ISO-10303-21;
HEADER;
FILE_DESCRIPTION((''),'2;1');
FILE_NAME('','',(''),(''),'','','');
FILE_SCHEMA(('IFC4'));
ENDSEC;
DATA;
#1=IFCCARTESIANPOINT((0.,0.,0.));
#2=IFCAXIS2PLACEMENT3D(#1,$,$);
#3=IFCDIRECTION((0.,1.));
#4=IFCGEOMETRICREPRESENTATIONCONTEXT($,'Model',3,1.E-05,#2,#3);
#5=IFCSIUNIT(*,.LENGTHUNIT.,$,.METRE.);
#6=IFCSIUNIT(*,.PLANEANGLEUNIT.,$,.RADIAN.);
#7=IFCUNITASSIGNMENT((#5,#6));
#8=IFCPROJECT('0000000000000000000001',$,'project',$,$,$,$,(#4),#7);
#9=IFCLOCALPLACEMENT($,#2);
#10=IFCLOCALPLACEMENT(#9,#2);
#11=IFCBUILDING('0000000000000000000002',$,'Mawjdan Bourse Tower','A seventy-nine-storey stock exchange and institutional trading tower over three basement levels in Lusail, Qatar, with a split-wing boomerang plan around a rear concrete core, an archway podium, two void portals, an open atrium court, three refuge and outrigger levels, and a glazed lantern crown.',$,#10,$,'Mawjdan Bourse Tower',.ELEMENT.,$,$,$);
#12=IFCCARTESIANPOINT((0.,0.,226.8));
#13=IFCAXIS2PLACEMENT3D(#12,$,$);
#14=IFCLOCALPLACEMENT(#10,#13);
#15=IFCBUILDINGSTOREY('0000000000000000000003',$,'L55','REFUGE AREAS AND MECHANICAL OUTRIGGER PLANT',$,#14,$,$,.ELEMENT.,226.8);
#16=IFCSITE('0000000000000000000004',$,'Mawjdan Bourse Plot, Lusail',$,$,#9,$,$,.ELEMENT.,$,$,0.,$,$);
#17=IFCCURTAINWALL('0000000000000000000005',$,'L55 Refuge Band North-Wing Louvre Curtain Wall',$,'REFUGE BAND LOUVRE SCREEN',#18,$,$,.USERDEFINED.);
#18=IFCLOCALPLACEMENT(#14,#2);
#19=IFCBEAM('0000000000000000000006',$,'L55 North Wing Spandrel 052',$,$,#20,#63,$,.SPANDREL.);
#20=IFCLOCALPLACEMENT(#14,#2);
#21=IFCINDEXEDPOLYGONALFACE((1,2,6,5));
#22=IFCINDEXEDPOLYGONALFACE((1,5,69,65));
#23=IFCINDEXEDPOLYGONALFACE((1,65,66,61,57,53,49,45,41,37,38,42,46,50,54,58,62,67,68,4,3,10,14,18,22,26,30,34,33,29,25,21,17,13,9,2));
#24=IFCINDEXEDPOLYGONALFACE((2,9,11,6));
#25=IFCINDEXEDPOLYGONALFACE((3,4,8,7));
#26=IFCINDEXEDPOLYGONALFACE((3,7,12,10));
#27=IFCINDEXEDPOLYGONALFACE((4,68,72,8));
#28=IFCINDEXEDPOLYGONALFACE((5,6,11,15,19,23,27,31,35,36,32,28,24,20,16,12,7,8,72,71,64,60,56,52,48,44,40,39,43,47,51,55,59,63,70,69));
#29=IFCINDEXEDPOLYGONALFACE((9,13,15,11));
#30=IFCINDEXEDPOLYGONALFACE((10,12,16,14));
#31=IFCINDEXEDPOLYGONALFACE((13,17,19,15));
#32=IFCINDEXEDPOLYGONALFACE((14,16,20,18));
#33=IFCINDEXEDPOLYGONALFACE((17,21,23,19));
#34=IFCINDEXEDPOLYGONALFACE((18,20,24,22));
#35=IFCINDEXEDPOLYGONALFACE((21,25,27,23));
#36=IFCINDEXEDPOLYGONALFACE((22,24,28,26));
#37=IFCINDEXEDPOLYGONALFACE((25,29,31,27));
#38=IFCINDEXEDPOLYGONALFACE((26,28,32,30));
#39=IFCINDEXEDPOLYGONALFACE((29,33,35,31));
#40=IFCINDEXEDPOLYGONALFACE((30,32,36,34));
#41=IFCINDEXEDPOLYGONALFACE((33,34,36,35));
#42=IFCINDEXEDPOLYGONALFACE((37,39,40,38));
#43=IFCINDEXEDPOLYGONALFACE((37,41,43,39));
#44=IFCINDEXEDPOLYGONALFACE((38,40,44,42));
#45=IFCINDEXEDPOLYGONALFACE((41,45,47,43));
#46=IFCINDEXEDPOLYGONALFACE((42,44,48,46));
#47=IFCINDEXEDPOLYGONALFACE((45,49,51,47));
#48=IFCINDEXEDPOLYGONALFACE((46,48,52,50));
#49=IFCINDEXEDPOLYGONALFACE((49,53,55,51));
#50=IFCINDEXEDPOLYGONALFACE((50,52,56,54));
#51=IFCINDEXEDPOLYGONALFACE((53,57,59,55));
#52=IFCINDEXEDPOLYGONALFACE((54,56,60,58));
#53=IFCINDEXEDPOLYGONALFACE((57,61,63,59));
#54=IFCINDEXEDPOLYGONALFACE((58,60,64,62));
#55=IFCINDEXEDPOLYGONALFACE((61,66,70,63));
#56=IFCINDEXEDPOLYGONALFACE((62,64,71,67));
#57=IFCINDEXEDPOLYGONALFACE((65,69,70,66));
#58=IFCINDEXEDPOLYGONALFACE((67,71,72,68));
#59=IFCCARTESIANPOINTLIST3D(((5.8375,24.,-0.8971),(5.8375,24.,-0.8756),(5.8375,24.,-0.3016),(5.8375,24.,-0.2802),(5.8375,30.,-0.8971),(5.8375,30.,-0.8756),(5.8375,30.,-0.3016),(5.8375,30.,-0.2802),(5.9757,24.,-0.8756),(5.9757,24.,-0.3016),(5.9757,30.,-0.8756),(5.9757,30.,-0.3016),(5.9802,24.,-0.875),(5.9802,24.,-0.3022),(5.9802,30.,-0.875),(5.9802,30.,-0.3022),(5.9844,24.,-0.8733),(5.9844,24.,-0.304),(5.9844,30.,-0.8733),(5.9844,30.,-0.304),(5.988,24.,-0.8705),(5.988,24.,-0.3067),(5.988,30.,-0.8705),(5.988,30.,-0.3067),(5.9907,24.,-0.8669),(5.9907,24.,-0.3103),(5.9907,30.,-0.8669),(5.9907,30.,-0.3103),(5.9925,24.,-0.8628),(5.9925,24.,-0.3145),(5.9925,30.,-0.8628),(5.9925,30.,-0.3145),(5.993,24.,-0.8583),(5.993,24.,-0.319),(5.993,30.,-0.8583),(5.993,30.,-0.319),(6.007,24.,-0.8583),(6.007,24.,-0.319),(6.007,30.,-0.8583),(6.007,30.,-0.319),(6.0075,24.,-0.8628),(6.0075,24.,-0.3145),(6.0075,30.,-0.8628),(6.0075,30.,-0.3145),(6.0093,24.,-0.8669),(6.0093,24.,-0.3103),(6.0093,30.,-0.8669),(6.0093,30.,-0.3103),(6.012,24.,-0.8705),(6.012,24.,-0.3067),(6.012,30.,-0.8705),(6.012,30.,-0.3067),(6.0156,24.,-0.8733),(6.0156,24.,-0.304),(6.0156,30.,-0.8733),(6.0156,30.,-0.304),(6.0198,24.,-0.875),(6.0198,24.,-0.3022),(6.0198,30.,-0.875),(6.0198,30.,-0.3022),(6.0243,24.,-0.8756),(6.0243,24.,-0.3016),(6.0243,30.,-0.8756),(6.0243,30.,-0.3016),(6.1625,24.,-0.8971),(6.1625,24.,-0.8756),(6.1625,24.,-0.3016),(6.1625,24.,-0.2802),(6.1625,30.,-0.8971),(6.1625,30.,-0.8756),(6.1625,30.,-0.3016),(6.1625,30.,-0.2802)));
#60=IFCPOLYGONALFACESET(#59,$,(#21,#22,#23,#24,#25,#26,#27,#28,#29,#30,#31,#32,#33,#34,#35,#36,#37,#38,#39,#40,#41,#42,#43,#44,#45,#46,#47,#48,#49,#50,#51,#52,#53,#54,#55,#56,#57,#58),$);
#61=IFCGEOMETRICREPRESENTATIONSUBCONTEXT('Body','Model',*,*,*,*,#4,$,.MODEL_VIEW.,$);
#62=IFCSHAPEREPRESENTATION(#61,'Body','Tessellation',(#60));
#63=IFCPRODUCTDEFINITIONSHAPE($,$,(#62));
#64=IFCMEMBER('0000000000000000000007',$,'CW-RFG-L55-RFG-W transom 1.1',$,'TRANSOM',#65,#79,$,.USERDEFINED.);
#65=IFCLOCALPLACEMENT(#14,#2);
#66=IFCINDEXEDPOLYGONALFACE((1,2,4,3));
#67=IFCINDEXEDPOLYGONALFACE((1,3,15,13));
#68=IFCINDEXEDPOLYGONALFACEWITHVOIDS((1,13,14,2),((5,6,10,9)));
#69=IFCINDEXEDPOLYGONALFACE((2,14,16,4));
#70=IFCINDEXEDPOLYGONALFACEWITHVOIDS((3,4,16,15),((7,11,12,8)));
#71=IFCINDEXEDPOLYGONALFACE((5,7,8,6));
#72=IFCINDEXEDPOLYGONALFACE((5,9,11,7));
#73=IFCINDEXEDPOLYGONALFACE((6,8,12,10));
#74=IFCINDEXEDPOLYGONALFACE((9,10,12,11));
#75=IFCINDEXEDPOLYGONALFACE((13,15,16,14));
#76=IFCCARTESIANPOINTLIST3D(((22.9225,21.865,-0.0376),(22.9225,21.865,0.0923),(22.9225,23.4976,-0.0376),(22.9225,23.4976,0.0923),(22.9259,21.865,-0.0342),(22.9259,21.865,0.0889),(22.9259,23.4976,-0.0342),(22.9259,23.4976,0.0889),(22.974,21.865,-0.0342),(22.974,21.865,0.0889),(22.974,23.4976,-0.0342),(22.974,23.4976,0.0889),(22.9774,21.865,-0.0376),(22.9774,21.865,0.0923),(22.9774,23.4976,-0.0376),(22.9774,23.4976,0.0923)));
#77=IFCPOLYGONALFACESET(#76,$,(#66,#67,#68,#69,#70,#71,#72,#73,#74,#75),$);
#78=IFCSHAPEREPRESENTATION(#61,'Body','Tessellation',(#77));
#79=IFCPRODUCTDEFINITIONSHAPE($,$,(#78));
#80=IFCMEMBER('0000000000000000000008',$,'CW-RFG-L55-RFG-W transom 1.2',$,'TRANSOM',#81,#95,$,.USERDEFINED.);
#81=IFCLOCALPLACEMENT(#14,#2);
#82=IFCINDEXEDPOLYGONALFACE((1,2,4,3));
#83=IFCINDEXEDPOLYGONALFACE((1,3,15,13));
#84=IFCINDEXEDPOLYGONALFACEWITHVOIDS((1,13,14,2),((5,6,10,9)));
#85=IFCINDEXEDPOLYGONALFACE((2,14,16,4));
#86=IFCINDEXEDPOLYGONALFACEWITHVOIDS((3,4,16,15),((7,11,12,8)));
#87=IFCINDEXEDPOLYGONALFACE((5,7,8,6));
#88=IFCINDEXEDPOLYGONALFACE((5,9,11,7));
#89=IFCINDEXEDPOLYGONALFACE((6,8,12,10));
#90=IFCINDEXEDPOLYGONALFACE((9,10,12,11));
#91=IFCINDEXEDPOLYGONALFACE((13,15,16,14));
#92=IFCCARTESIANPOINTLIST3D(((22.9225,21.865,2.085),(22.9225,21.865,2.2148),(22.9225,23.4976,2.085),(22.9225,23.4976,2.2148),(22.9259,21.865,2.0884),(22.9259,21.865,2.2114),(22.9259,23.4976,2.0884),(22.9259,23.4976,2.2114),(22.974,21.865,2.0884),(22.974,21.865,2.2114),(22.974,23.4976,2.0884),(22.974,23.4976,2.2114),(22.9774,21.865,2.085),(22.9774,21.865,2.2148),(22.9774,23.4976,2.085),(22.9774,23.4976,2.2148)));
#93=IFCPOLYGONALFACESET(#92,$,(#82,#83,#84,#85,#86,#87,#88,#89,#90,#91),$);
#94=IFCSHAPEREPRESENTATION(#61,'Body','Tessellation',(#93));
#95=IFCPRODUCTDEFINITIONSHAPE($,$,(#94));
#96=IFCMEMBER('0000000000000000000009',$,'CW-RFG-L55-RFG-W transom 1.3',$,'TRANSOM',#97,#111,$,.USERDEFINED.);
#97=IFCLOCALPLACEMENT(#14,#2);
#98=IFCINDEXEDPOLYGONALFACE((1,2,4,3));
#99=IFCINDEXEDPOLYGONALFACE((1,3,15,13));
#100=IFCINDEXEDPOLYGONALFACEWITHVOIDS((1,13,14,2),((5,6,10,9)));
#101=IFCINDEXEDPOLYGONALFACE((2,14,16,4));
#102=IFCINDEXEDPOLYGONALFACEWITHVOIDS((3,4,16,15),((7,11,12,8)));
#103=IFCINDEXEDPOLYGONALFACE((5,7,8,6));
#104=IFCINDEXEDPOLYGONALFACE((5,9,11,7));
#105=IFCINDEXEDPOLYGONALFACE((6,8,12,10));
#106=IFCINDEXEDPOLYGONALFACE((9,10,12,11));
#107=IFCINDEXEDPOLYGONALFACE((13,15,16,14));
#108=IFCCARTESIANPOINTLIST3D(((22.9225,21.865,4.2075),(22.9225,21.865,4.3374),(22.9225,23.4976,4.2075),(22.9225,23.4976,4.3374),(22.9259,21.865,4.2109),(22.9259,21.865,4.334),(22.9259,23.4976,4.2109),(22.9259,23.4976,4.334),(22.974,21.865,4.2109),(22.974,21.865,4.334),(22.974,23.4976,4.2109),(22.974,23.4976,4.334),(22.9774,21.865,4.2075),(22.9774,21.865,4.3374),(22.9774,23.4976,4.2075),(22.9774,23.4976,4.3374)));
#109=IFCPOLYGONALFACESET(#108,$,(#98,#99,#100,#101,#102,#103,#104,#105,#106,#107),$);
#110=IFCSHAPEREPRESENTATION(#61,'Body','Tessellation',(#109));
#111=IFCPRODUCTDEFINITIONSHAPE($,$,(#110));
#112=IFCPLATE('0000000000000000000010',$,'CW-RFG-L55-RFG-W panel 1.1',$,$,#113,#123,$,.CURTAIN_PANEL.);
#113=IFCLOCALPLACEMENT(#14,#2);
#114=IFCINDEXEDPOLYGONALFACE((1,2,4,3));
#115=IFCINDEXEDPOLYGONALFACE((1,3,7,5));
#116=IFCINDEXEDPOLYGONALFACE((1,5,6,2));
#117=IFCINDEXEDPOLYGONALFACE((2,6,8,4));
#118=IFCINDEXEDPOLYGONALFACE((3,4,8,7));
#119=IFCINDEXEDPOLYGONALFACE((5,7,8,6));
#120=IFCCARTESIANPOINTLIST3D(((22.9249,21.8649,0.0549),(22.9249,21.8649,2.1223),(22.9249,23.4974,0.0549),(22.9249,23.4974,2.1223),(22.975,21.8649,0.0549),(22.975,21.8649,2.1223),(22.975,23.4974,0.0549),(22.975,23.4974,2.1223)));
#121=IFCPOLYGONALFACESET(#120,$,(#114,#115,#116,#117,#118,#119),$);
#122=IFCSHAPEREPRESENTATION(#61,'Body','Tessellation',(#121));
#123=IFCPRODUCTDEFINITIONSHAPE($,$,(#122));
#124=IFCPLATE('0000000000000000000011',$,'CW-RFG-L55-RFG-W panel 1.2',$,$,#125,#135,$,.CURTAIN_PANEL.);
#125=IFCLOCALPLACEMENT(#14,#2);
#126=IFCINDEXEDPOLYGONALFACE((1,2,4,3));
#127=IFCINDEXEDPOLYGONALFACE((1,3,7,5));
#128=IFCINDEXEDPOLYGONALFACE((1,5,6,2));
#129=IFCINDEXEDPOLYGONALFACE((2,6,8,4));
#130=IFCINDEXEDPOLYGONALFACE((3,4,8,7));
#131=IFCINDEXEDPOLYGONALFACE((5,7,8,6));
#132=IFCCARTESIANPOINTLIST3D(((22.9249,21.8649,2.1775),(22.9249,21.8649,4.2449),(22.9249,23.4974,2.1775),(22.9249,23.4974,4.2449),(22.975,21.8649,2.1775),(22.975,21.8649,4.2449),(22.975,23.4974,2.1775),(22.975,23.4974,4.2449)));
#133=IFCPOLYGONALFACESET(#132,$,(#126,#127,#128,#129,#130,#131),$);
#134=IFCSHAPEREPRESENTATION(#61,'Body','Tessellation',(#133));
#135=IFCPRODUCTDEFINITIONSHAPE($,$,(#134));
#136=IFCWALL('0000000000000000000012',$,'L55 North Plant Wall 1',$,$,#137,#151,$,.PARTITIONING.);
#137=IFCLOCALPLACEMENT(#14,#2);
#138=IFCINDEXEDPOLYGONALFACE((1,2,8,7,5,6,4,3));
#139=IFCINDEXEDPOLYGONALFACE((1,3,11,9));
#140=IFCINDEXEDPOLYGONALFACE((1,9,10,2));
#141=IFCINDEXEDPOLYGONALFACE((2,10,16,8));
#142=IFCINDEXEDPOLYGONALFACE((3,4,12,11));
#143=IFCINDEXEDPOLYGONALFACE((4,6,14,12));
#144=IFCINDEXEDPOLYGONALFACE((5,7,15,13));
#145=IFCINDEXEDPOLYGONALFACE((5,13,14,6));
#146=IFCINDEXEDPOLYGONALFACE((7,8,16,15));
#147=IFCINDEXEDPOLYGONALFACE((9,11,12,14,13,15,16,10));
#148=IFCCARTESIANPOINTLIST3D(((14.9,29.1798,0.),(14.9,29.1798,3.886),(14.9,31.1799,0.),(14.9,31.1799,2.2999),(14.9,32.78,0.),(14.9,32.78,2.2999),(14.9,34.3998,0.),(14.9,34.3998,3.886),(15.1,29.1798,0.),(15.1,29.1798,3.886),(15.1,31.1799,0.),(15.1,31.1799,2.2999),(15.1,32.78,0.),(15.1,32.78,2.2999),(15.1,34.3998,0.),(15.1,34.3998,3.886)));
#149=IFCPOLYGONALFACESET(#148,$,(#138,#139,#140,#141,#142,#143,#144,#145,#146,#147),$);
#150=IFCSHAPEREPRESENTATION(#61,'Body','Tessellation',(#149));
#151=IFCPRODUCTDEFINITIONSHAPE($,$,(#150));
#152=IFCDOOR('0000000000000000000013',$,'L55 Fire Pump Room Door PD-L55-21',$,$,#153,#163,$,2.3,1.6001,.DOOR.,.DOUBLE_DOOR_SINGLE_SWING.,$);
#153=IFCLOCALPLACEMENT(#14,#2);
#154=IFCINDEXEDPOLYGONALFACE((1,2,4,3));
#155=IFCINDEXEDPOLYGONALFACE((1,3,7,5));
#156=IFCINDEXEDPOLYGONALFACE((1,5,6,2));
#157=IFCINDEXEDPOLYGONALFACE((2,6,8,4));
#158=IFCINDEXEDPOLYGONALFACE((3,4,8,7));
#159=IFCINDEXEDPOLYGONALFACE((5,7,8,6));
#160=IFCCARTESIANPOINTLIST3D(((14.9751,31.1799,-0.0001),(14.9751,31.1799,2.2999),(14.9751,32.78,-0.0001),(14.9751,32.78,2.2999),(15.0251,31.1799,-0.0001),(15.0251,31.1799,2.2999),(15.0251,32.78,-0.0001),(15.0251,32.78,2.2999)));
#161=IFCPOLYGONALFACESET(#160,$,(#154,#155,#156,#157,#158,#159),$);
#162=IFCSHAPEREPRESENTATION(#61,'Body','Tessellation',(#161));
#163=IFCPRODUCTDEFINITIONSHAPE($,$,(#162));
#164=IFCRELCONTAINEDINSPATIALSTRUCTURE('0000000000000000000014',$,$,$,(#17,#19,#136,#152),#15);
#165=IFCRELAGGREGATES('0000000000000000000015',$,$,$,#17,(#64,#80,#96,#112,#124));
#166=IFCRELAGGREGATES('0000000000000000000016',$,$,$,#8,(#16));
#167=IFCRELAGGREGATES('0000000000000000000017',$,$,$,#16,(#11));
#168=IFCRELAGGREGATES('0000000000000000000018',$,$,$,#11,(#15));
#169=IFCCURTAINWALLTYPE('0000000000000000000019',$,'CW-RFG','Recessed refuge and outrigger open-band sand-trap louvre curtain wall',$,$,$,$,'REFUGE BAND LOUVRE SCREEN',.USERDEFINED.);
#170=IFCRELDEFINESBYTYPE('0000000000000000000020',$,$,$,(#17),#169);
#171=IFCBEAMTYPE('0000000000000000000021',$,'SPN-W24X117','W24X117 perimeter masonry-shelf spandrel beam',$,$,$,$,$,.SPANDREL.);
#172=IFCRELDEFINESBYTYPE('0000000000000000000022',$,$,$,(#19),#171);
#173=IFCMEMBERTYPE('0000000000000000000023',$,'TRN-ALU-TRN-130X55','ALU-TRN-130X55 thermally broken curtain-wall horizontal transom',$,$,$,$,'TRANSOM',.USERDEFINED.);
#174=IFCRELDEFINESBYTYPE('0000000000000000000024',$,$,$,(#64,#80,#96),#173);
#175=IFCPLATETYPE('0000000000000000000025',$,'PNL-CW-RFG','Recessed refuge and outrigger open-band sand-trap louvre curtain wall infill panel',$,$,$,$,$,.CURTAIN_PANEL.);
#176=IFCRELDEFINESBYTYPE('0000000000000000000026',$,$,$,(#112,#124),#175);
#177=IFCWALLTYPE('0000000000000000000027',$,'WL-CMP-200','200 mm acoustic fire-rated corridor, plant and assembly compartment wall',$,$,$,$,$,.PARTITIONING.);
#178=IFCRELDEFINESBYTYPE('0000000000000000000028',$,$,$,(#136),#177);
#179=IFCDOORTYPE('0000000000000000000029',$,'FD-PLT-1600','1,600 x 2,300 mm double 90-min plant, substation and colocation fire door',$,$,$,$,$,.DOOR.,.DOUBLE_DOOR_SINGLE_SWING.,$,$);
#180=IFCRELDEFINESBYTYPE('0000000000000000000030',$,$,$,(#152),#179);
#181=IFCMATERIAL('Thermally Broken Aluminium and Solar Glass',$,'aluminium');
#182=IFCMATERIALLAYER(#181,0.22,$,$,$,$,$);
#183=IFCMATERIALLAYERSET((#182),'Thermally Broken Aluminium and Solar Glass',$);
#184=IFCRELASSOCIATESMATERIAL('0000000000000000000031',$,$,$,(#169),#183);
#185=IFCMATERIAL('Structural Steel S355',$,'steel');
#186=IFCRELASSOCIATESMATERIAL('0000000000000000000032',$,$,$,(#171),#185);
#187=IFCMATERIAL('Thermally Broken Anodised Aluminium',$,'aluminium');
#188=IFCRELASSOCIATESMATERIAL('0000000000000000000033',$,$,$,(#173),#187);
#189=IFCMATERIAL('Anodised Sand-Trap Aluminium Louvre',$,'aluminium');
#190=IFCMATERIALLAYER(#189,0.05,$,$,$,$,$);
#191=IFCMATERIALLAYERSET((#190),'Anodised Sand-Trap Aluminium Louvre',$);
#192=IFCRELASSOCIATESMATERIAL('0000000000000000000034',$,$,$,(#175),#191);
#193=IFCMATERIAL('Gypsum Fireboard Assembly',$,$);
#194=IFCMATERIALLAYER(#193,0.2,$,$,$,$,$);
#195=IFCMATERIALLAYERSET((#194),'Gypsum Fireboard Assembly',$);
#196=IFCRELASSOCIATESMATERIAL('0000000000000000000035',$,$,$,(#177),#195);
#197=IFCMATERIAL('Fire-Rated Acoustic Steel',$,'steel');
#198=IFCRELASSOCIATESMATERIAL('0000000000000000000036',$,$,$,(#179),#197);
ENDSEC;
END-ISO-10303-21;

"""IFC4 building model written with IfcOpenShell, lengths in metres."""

from ifc_helpers import new_model, si_unit, direction, frame, frame_2d, origin, origin_2d, place, context, subcontext, project, spatial, rectangle, hollow_rectangle, i_section, extrude, material, layer, layer_set, material_profile, profile_set, type_object, element, fill, aggregate, save


model = new_model("IFC4")

# Units and contexts
model_context = context("Model", 3, precision=1e-05, world=origin(), true_north=direction((0.0, 1.0)))
body_context = subcontext(model_context, "Body", "Model", "MODEL_VIEW")
ifc_project = project(units=[si_unit("LENGTHUNIT", "METRE"), si_unit("PLANEANGLEUNIT", "RADIAN")], contexts=[model_context])

# Site, building, storey
site_placement = place(None, origin())
site = spatial("IfcSite", under=ifc_project, at=site_placement, Name="Mawjdan Bourse Plot, Lusail", CompositionType="ELEMENT", RefElevation=0.0)
building_placement = place(site_placement, origin())
building = spatial("IfcBuilding", under=site, at=building_placement, Name="Mawjdan Bourse Tower", Description="A seventy-nine-storey stock exchange and institutional trading tower over three basement levels in Lusail, Qatar, with a split-wing boomerang plan around a rear concrete core, an archway podium, two void portals, an open atrium court, three refuge and outrigger levels, and a glazed lantern crown.", LongName="Mawjdan Bourse Tower", CompositionType="ELEMENT")
storey_placement = place(building_placement, frame((0.0, 0.0, 226.8)))
storey = spatial("IfcBuildingStorey", under=building, at=storey_placement, Name="L55", Description="REFUGE AREAS AND MECHANICAL OUTRIGGER PLANT", CompositionType="ELEMENT", Elevation=226.8)

# Shared definitions
ifc_material_1 = material(Name="Structural Steel S355", Category="steel")

# Curtain wall
ifc_material_2 = material(Name="Thermally Broken Aluminium and Solar Glass", Category="aluminium")
ifc_layer_1 = layer(ifc_material_2, 0.22)
ifc_layer_set_1 = layer_set([ifc_layer_1], Name="Thermally Broken Aluminium and Solar Glass")
curtain_wall_type = type_object("IfcCurtainWallType", Name="CW-RFG", Description="Recessed refuge and outrigger open-band sand-trap louvre curtain wall", ElementType="REFUGE BAND LOUVRE SCREEN", PredefinedType="USERDEFINED", material=ifc_layer_set_1)
curtain_wall_placement = place(storey_placement, origin())
curtain_wall = element("IfcCurtainWall", 1, at=curtain_wall_placement, inside=storey, type_object=curtain_wall_type, Name="L55 Refuge Band North-Wing Louvre Curtain Wall", ObjectType="REFUGE BAND LOUVRE SCREEN", PredefinedType="USERDEFINED")
ifc_material_3 = material(Name="Thermally Broken Anodised Aluminium", Category="aluminium")

# Beam
ifc_material_profile_1 = material_profile(ifc_material_1, i_section(OverallWidth=0.325, OverallDepth=0.6169, WebThickness=0.0139, FlangeThickness=0.0215, FilletRadius=0.0173, at=origin_2d()), Name="W24X117")
ifc_profile_set_1 = profile_set([ifc_material_profile_1], Name="Structural Steel S355")
beam_type_1 = type_object("IfcBeamType", Name="SPN-W24X117", Description="W24X117 perimeter masonry-shelf spandrel beam", PredefinedType="SPANDREL", material=ifc_profile_set_1)
beam_1_placement = place(storey_placement, frame((6.0, 24.0, -0.5886), z_axis=(0.0, 1.0, 0.0), x_axis=(-1.0, 0.0, 0.0)))
element("IfcBeam", 2, at=beam_1_placement, inside=storey, type_object=beam_type_1, Name="L55 North Wing Spandrel 052", PredefinedType="SPANDREL", context=body_context, shape_type="SweptSolid", body=[
    extrude(i_section(OverallWidth=0.325, OverallDepth=0.6169, WebThickness=0.0139, FlangeThickness=0.0215, FilletRadius=0.0173, at=origin_2d()), origin(), (0.0, 0.0, 1.0), 6.0),
])

# Members
ifc_material_profile_2 = material_profile(ifc_material_3, hollow_rectangle(XDim=0.0549, YDim=0.1299, WallThickness=0.0034, at=origin_2d()), Name="ALU-TRN-130X55")
ifc_profile_set_2 = profile_set([ifc_material_profile_2], Name="Thermally Broken Anodised Aluminium")
member_type_1 = type_object("IfcMemberType", Name="TRN-ALU-TRN-130X55", Description="ALU-TRN-130X55 thermally broken curtain-wall horizontal transom", ElementType="TRANSOM", PredefinedType="USERDEFINED", material=ifc_profile_set_2)
member_1_placement = place(storey_placement, frame((22.95, 21.865, 0.0273), z_axis=(0.0, 1.0, 0.0), x_axis=(-1.0, 0.0, 0.0)))
member_1 = element("IfcMember", 3, at=member_1_placement, type_object=member_type_1, Name="CW-RFG-L55-RFG-W transom 1.1", ObjectType="TRANSOM", PredefinedType="USERDEFINED", context=body_context, shape_type="SweptSolid", body=[
    extrude(hollow_rectangle(XDim=0.0549, YDim=0.1299, WallThickness=0.0034, at=origin_2d()), origin(), (0.0, 0.0, 1.0), 1.6326),
])
member_2_placement = place(storey_placement, frame((22.95, 21.865, 2.1499), z_axis=(0.0, 1.0, 0.0), x_axis=(-1.0, 0.0, 0.0)))
member_2 = element("IfcMember", 4, at=member_2_placement, type_object=member_type_1, Name="CW-RFG-L55-RFG-W transom 1.2", ObjectType="TRANSOM", PredefinedType="USERDEFINED", context=body_context, shape_type="SweptSolid", body=[
    extrude(hollow_rectangle(XDim=0.0549, YDim=0.1299, WallThickness=0.0034, at=origin_2d()), origin(), (0.0, 0.0, 1.0), 1.6326),
])
member_3_placement = place(storey_placement, frame((22.95, 21.865, 4.2725), z_axis=(0.0, 1.0, 0.0), x_axis=(-1.0, 0.0, 0.0)))
member_3 = element("IfcMember", 5, at=member_3_placement, type_object=member_type_1, Name="CW-RFG-L55-RFG-W transom 1.3", ObjectType="TRANSOM", PredefinedType="USERDEFINED", context=body_context, shape_type="SweptSolid", body=[
    extrude(hollow_rectangle(XDim=0.0549, YDim=0.1299, WallThickness=0.0034, at=origin_2d()), origin(), (0.0, 0.0, 1.0), 1.6326),
])

# Plates
ifc_material_4 = material(Name="Anodised Sand-Trap Aluminium Louvre", Category="aluminium")
ifc_layer_2 = layer(ifc_material_4, 0.05)
ifc_layer_set_2 = layer_set([ifc_layer_2], Name="Anodised Sand-Trap Aluminium Louvre")
plate_type = type_object("IfcPlateType", Name="PNL-CW-RFG", Description="Recessed refuge and outrigger open-band sand-trap louvre curtain wall infill panel", PredefinedType="CURTAIN_PANEL", material=ifc_layer_set_2)
plate_1_placement = place(storey_placement, frame((22.95, 22.6812, 0.0549), z_axis=(0.0, 0.0, 1.0), x_axis=(0.0, 1.0, 0.0)))
plate_1 = element("IfcPlate", 6, at=plate_1_placement, type_object=plate_type, Name="CW-RFG-L55-RFG-W panel 1.1", PredefinedType="CURTAIN_PANEL", context=body_context, shape_type="SweptSolid", body=[
    extrude(rectangle(XDim=1.6326, YDim=0.05, at=origin_2d()), origin(), (0.0, 0.0, 1.0), 2.0674),
])
plate_2_placement = place(storey_placement, frame((22.95, 22.6812, 2.1775), z_axis=(0.0, 0.0, 1.0), x_axis=(0.0, 1.0, 0.0)))
plate_2 = element("IfcPlate", 7, at=plate_2_placement, type_object=plate_type, Name="CW-RFG-L55-RFG-W panel 1.2", PredefinedType="CURTAIN_PANEL", context=body_context, shape_type="SweptSolid", body=[
    extrude(rectangle(XDim=1.6326, YDim=0.05, at=origin_2d()), origin(), (0.0, 0.0, 1.0), 2.0674),
])
aggregate(curtain_wall, [member_1, member_2, member_3, plate_1, plate_2])

# Wall, opening, door
ifc_material_5 = material(Name="Gypsum Fireboard Assembly")
ifc_layer_3 = layer(ifc_material_5, 0.2)
ifc_layer_set_3 = layer_set([ifc_layer_3], Name="Gypsum Fireboard Assembly")
wall_type_1 = type_object("IfcWallType", Name="WL-CMP-200", Description="200 mm acoustic fire-rated corridor, plant and assembly compartment wall", PredefinedType="PARTITIONING", material=ifc_layer_set_3)
wall_1_placement = place(storey_placement, frame((15.0, 29.1799, 0.0), z_axis=(0.0, 0.0, 1.0), x_axis=(0.0, 1.0, 0.0)))
wall_1 = element("IfcWall", 8, at=wall_1_placement, inside=storey, type_object=wall_type_1, Name="L55 North Plant Wall 1", PredefinedType="PARTITIONING", context=body_context, shape_type="SweptSolid", body=[
    extrude(rectangle(XDim=5.22, YDim=0.2, at=frame_2d((2.6099, 0.0))), origin(), (0.0, 0.0, 1.0), 3.886),
])
opening_1_placement = place(wall_1_placement, frame((2.0, 0.0, 0.0)))
opening_1 = element("IfcOpeningElement", 9, at=opening_1_placement, cuts=wall_1, PredefinedType="OPENING", context=body_context, shape_type="SweptSolid", body=[
    extrude(rectangle(XDim=1.6001, YDim=2.3, at=frame_2d((0.8, 1.1499))), frame((0.0, 0.1099, 0.0), z_axis=(0.0, -1.0, 0.0), x_axis=(1.0, 0.0, 0.0)), (0.0, 0.0, 1.0), 0.22),
])
ifc_material_6 = material(Name="Fire-Rated Acoustic Steel", Category="steel")
door_type_1 = type_object("IfcDoorType", Name="FD-PLT-1600", Description="1,600 x 2,300 mm double 90-min plant, substation and colocation fire door", OperationType="DOUBLE_DOOR_SINGLE_SWING", PredefinedType="DOOR", material=ifc_material_6)
door_1_placement = place(opening_1_placement, origin())
door_1 = element("IfcDoor", 10, at=door_1_placement, inside=storey, type_object=door_type_1, Name="L55 Fire Pump Room Door PD-L55-21", OperationType="DOUBLE_DOOR_SINGLE_SWING", OverallHeight=2.3, OverallWidth=1.6001, PredefinedType="DOOR", context=body_context, shape_type="SweptSolid", body=[
    extrude(rectangle(XDim=1.6001, YDim=2.3, at=frame_2d((0.8, 1.1499))), frame((0.0, 0.0249, 0.0), z_axis=(0.0, -1.0, 0.0), x_axis=(1.0, 0.0, 0.0)), (0.0, 0.0, 1.0), 0.05),
])
fill(opening_1, door_1)

save(model, "model.ifc")
